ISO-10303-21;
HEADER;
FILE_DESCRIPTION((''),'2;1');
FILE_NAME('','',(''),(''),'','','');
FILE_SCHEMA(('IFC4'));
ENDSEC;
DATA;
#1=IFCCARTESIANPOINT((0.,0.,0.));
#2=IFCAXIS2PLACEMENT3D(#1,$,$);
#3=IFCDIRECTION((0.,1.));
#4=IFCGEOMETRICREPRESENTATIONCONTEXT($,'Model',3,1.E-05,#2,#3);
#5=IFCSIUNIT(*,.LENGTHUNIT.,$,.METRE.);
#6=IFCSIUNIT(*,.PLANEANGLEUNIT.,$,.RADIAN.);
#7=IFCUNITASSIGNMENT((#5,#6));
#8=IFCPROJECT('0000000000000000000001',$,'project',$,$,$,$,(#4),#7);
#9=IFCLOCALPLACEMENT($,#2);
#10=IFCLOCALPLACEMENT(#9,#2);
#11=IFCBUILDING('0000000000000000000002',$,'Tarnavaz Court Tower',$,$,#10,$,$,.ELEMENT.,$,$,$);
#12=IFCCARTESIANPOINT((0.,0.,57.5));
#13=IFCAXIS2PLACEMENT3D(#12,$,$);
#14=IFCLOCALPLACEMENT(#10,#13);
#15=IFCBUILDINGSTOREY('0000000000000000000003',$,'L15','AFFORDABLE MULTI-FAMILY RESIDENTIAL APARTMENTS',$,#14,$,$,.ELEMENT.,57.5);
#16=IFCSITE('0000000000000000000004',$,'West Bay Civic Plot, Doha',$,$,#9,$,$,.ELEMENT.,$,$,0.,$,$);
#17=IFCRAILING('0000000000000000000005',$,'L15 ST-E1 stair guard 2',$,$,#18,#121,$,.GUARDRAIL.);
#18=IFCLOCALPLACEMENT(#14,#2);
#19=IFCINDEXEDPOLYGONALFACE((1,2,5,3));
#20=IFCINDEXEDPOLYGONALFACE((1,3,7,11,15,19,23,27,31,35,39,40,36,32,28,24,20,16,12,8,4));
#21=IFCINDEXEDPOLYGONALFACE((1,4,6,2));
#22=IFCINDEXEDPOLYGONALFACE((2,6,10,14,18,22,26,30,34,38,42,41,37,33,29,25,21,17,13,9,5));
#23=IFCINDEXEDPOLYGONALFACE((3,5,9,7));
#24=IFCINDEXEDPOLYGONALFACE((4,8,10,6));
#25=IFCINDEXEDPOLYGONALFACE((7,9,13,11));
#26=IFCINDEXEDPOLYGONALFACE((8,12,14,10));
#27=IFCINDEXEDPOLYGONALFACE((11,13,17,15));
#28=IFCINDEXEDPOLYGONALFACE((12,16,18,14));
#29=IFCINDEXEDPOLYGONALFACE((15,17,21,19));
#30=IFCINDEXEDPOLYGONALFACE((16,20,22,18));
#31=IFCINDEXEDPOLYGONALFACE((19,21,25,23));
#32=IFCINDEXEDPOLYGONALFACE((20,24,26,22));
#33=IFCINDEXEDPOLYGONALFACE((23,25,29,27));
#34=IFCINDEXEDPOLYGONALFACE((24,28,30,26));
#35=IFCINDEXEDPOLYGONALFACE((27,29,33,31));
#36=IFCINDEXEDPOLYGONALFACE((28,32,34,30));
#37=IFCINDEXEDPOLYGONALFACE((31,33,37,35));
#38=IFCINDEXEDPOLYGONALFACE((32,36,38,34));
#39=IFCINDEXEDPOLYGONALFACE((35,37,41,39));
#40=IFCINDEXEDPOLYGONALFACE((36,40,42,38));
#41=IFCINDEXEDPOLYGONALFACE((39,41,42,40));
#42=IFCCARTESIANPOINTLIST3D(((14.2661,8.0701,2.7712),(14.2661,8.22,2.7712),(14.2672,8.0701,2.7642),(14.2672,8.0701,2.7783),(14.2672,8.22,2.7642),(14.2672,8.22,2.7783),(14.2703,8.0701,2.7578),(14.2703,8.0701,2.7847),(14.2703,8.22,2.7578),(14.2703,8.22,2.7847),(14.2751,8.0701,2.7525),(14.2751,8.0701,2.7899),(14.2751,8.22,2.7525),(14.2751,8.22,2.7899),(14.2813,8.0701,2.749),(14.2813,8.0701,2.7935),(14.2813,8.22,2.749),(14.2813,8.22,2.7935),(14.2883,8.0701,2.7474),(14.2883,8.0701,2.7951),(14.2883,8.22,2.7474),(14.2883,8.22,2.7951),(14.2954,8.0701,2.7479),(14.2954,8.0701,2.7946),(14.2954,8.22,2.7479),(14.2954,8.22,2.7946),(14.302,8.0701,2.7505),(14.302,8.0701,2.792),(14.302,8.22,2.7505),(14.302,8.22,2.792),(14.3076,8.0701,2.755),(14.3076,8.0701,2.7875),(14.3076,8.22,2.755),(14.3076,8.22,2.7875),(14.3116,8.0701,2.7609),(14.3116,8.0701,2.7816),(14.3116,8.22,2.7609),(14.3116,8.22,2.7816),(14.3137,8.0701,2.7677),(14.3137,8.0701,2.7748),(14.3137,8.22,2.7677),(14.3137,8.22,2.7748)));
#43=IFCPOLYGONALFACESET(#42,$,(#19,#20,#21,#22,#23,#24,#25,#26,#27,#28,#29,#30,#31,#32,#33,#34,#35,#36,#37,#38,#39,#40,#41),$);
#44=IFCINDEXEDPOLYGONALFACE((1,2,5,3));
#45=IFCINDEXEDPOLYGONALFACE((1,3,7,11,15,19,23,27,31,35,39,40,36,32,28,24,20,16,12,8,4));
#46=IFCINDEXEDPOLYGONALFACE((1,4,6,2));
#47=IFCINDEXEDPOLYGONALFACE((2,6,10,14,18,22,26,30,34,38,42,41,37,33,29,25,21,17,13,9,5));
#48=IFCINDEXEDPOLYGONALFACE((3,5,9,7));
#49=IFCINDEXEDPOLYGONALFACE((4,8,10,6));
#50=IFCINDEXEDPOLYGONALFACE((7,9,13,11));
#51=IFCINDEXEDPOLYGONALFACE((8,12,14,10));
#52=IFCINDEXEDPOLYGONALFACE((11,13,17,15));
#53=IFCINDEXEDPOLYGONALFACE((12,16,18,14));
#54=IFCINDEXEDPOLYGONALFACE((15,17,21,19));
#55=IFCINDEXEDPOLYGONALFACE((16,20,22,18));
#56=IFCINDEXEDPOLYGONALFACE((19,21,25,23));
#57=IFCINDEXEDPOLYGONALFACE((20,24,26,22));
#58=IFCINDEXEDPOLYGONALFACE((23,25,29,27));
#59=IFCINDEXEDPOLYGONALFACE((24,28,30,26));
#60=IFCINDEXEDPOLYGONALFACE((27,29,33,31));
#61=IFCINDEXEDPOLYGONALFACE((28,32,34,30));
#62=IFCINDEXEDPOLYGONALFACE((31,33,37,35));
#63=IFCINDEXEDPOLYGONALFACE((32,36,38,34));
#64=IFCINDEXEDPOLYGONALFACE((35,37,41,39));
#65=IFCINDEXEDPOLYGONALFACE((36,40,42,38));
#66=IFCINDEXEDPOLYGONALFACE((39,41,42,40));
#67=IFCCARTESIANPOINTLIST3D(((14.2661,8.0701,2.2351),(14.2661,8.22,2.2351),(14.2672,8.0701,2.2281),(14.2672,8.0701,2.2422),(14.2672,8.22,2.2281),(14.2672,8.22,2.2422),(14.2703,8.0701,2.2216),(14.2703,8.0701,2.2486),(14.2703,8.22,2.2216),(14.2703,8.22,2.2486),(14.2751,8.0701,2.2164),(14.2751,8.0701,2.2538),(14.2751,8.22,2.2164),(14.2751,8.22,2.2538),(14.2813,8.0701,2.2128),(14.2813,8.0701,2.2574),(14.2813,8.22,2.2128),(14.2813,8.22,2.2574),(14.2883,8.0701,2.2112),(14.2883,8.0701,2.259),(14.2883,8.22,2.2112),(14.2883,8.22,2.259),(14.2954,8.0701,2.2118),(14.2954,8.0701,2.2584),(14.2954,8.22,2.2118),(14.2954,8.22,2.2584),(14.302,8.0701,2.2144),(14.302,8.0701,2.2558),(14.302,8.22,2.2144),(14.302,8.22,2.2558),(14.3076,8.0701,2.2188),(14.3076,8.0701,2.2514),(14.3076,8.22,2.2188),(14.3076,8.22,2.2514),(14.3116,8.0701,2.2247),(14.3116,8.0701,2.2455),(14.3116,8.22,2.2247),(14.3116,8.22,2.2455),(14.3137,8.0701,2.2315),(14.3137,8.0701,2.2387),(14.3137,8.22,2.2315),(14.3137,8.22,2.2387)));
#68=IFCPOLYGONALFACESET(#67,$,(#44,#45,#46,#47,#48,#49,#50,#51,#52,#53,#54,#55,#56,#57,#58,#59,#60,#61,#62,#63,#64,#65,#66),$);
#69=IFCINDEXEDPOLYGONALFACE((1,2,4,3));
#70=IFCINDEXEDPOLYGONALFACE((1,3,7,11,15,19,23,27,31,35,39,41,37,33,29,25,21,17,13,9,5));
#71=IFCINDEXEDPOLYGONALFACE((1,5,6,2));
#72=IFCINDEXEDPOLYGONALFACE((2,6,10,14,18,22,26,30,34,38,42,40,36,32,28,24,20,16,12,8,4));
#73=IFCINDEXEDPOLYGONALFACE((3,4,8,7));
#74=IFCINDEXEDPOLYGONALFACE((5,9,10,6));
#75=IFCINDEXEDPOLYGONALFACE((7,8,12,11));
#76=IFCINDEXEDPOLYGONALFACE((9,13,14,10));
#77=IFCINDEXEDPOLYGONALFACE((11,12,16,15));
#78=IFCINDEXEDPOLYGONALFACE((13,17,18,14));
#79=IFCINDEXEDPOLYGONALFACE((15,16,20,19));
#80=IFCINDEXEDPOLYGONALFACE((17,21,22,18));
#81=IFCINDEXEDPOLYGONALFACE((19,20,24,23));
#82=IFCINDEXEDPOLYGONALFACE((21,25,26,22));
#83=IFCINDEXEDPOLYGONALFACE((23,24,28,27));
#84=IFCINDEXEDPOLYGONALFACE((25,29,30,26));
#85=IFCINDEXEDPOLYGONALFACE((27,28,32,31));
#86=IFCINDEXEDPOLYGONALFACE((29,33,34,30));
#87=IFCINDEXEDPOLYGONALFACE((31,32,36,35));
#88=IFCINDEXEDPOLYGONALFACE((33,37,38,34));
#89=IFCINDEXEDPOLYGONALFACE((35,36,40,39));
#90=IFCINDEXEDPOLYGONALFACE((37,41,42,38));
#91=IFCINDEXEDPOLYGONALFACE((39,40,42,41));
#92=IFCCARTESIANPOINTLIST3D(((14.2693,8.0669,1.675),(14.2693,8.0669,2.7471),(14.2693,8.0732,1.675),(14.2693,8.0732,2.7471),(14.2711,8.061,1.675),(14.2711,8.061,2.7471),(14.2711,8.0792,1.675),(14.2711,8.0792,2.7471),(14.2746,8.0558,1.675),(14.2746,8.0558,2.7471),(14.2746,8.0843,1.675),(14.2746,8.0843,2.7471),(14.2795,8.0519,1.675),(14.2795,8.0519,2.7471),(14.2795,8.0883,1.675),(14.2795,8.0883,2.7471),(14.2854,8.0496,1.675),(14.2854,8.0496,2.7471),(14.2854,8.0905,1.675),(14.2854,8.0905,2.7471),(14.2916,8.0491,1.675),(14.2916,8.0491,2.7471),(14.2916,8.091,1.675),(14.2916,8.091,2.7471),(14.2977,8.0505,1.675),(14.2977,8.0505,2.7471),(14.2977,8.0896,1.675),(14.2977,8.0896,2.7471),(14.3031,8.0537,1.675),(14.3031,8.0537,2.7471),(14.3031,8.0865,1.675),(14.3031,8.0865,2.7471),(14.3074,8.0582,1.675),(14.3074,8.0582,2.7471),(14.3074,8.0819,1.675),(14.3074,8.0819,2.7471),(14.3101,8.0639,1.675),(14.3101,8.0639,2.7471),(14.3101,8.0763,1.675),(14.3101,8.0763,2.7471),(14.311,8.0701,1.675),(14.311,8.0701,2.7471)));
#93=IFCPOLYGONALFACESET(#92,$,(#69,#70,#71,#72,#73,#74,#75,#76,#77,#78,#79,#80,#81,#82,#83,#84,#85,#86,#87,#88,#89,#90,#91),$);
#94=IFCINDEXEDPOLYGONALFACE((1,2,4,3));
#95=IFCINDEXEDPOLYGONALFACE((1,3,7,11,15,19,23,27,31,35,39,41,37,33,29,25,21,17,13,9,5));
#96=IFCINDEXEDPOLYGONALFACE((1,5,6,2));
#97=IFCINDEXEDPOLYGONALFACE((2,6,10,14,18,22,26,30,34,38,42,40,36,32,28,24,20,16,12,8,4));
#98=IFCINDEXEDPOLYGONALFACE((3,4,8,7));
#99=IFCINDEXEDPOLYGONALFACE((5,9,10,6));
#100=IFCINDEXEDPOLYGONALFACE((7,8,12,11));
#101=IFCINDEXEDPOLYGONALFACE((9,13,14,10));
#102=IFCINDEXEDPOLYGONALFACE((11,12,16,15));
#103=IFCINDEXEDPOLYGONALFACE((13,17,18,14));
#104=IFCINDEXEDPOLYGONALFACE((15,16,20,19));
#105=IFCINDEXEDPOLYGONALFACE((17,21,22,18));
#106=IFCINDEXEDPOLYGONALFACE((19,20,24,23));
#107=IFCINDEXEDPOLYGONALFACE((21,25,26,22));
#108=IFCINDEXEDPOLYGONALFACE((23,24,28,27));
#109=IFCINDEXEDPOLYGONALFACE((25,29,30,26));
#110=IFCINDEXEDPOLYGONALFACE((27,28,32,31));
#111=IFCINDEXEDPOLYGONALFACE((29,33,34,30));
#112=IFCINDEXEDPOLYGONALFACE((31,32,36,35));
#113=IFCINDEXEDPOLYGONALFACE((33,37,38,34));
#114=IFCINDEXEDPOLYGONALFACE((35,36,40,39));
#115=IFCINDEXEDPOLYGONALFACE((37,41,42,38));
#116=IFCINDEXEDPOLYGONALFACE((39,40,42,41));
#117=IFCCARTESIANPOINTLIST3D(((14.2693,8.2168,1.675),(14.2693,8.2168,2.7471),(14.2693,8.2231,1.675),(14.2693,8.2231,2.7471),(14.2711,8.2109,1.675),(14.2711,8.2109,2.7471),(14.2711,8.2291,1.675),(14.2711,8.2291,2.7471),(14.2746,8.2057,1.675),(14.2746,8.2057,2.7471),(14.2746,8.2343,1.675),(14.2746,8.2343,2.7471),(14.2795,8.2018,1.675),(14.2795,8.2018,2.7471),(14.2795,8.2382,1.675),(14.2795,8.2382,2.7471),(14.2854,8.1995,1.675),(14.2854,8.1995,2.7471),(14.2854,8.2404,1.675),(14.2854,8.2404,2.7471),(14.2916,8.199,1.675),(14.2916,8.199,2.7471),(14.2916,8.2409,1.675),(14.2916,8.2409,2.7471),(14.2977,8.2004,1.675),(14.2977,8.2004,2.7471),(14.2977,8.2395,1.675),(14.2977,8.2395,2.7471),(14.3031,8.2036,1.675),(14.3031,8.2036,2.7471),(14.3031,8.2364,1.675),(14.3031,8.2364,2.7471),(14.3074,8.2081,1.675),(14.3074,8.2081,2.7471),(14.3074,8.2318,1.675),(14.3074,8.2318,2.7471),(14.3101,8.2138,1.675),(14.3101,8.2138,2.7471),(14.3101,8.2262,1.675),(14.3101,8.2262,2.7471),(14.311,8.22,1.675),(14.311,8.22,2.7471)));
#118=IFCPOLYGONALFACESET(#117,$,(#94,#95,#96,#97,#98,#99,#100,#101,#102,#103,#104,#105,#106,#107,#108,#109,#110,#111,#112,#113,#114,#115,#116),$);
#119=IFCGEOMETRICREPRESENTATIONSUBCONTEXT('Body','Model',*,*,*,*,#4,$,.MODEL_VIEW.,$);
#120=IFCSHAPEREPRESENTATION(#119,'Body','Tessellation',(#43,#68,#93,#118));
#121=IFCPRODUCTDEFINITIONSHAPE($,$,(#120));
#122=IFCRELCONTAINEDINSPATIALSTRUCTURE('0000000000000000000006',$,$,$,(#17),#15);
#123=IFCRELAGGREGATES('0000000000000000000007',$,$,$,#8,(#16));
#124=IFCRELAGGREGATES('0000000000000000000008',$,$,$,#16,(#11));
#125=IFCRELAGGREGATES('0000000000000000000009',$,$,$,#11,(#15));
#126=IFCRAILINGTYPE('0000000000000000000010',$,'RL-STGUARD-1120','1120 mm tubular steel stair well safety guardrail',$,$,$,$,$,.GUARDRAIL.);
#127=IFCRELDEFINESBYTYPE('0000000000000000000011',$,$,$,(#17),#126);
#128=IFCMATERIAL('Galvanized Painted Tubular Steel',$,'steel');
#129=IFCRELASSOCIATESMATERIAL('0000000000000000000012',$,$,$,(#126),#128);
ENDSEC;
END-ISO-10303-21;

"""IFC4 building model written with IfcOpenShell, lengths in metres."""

from ifc_helpers import new_model, si_unit, direction, frame, origin, origin_2d, place, context, subcontext, project, spatial, circle, extrude, material, type_object, element, save


model = new_model("IFC4")

# Units and contexts
model_context = context("Model", 3, precision=1e-05, world=origin(), true_north=direction((0.0, 1.0)))
body_context = subcontext(model_context, "Body", "Model", "MODEL_VIEW")
ifc_project = project(units=[si_unit("LENGTHUNIT", "METRE"), si_unit("PLANEANGLEUNIT", "RADIAN")], contexts=[model_context])

# Site, building, storey
site_placement = place(None, origin())
site = spatial("IfcSite", under=ifc_project, at=site_placement, Name="West Bay Civic Plot, Doha", CompositionType="ELEMENT", RefElevation=0.0)
building_placement = place(site_placement, origin())
building = spatial("IfcBuilding", under=site, at=building_placement, Name="Tarnavaz Court Tower", CompositionType="ELEMENT")
storey_placement = place(building_placement, frame((0.0, 0.0, 57.5)))
storey = spatial("IfcBuildingStorey", under=building, at=storey_placement, Name="L15", Description="AFFORDABLE MULTI-FAMILY RESIDENTIAL APARTMENTS", CompositionType="ELEMENT", Elevation=57.5)

# Railing
ifc_material_1 = material(Name="Galvanized Painted Tubular Steel", Category="steel")
railing_type_1 = type_object("IfcRailingType", Name="RL-STGUARD-1120", Description="1120 mm tubular steel stair well safety guardrail", PredefinedType="GUARDRAIL", material=ifc_material_1)
railing_1_placement = place(storey_placement, frame((14.29, 8.0701, 1.675)))
element("IfcRailing", 1, at=railing_1_placement, inside=storey, type_object=railing_type_1, Name="L15 ST-E1 stair guard 2", PredefinedType="GUARDRAIL", context=body_context, shape_type="SweptSolid", body=[
    extrude(circle(Radius=0.0239, at=origin_2d()), frame((0.0, 0.0, 1.0962), z_axis=(0.0, 1.0, 0.0), x_axis=(-1.0, 0.0, 0.0)), (0.0, 0.0, 1.0), 0.1499),
    extrude(circle(Radius=0.0239, at=origin_2d()), frame((0.0, 0.0, 0.5601), z_axis=(0.0, 1.0, 0.0), x_axis=(-1.0, 0.0, 0.0)), (0.0, 0.0, 1.0), 0.1499),
    extrude(circle(Radius=0.021, at=origin_2d()), origin(), (0.0, 0.0, 1.0), 1.072),
    extrude(circle(Radius=0.021, at=origin_2d()), frame((0.0, 0.1499, 0.0)), (0.0, 0.0, 1.0), 1.072),
])

save(model, "model.ifc")
